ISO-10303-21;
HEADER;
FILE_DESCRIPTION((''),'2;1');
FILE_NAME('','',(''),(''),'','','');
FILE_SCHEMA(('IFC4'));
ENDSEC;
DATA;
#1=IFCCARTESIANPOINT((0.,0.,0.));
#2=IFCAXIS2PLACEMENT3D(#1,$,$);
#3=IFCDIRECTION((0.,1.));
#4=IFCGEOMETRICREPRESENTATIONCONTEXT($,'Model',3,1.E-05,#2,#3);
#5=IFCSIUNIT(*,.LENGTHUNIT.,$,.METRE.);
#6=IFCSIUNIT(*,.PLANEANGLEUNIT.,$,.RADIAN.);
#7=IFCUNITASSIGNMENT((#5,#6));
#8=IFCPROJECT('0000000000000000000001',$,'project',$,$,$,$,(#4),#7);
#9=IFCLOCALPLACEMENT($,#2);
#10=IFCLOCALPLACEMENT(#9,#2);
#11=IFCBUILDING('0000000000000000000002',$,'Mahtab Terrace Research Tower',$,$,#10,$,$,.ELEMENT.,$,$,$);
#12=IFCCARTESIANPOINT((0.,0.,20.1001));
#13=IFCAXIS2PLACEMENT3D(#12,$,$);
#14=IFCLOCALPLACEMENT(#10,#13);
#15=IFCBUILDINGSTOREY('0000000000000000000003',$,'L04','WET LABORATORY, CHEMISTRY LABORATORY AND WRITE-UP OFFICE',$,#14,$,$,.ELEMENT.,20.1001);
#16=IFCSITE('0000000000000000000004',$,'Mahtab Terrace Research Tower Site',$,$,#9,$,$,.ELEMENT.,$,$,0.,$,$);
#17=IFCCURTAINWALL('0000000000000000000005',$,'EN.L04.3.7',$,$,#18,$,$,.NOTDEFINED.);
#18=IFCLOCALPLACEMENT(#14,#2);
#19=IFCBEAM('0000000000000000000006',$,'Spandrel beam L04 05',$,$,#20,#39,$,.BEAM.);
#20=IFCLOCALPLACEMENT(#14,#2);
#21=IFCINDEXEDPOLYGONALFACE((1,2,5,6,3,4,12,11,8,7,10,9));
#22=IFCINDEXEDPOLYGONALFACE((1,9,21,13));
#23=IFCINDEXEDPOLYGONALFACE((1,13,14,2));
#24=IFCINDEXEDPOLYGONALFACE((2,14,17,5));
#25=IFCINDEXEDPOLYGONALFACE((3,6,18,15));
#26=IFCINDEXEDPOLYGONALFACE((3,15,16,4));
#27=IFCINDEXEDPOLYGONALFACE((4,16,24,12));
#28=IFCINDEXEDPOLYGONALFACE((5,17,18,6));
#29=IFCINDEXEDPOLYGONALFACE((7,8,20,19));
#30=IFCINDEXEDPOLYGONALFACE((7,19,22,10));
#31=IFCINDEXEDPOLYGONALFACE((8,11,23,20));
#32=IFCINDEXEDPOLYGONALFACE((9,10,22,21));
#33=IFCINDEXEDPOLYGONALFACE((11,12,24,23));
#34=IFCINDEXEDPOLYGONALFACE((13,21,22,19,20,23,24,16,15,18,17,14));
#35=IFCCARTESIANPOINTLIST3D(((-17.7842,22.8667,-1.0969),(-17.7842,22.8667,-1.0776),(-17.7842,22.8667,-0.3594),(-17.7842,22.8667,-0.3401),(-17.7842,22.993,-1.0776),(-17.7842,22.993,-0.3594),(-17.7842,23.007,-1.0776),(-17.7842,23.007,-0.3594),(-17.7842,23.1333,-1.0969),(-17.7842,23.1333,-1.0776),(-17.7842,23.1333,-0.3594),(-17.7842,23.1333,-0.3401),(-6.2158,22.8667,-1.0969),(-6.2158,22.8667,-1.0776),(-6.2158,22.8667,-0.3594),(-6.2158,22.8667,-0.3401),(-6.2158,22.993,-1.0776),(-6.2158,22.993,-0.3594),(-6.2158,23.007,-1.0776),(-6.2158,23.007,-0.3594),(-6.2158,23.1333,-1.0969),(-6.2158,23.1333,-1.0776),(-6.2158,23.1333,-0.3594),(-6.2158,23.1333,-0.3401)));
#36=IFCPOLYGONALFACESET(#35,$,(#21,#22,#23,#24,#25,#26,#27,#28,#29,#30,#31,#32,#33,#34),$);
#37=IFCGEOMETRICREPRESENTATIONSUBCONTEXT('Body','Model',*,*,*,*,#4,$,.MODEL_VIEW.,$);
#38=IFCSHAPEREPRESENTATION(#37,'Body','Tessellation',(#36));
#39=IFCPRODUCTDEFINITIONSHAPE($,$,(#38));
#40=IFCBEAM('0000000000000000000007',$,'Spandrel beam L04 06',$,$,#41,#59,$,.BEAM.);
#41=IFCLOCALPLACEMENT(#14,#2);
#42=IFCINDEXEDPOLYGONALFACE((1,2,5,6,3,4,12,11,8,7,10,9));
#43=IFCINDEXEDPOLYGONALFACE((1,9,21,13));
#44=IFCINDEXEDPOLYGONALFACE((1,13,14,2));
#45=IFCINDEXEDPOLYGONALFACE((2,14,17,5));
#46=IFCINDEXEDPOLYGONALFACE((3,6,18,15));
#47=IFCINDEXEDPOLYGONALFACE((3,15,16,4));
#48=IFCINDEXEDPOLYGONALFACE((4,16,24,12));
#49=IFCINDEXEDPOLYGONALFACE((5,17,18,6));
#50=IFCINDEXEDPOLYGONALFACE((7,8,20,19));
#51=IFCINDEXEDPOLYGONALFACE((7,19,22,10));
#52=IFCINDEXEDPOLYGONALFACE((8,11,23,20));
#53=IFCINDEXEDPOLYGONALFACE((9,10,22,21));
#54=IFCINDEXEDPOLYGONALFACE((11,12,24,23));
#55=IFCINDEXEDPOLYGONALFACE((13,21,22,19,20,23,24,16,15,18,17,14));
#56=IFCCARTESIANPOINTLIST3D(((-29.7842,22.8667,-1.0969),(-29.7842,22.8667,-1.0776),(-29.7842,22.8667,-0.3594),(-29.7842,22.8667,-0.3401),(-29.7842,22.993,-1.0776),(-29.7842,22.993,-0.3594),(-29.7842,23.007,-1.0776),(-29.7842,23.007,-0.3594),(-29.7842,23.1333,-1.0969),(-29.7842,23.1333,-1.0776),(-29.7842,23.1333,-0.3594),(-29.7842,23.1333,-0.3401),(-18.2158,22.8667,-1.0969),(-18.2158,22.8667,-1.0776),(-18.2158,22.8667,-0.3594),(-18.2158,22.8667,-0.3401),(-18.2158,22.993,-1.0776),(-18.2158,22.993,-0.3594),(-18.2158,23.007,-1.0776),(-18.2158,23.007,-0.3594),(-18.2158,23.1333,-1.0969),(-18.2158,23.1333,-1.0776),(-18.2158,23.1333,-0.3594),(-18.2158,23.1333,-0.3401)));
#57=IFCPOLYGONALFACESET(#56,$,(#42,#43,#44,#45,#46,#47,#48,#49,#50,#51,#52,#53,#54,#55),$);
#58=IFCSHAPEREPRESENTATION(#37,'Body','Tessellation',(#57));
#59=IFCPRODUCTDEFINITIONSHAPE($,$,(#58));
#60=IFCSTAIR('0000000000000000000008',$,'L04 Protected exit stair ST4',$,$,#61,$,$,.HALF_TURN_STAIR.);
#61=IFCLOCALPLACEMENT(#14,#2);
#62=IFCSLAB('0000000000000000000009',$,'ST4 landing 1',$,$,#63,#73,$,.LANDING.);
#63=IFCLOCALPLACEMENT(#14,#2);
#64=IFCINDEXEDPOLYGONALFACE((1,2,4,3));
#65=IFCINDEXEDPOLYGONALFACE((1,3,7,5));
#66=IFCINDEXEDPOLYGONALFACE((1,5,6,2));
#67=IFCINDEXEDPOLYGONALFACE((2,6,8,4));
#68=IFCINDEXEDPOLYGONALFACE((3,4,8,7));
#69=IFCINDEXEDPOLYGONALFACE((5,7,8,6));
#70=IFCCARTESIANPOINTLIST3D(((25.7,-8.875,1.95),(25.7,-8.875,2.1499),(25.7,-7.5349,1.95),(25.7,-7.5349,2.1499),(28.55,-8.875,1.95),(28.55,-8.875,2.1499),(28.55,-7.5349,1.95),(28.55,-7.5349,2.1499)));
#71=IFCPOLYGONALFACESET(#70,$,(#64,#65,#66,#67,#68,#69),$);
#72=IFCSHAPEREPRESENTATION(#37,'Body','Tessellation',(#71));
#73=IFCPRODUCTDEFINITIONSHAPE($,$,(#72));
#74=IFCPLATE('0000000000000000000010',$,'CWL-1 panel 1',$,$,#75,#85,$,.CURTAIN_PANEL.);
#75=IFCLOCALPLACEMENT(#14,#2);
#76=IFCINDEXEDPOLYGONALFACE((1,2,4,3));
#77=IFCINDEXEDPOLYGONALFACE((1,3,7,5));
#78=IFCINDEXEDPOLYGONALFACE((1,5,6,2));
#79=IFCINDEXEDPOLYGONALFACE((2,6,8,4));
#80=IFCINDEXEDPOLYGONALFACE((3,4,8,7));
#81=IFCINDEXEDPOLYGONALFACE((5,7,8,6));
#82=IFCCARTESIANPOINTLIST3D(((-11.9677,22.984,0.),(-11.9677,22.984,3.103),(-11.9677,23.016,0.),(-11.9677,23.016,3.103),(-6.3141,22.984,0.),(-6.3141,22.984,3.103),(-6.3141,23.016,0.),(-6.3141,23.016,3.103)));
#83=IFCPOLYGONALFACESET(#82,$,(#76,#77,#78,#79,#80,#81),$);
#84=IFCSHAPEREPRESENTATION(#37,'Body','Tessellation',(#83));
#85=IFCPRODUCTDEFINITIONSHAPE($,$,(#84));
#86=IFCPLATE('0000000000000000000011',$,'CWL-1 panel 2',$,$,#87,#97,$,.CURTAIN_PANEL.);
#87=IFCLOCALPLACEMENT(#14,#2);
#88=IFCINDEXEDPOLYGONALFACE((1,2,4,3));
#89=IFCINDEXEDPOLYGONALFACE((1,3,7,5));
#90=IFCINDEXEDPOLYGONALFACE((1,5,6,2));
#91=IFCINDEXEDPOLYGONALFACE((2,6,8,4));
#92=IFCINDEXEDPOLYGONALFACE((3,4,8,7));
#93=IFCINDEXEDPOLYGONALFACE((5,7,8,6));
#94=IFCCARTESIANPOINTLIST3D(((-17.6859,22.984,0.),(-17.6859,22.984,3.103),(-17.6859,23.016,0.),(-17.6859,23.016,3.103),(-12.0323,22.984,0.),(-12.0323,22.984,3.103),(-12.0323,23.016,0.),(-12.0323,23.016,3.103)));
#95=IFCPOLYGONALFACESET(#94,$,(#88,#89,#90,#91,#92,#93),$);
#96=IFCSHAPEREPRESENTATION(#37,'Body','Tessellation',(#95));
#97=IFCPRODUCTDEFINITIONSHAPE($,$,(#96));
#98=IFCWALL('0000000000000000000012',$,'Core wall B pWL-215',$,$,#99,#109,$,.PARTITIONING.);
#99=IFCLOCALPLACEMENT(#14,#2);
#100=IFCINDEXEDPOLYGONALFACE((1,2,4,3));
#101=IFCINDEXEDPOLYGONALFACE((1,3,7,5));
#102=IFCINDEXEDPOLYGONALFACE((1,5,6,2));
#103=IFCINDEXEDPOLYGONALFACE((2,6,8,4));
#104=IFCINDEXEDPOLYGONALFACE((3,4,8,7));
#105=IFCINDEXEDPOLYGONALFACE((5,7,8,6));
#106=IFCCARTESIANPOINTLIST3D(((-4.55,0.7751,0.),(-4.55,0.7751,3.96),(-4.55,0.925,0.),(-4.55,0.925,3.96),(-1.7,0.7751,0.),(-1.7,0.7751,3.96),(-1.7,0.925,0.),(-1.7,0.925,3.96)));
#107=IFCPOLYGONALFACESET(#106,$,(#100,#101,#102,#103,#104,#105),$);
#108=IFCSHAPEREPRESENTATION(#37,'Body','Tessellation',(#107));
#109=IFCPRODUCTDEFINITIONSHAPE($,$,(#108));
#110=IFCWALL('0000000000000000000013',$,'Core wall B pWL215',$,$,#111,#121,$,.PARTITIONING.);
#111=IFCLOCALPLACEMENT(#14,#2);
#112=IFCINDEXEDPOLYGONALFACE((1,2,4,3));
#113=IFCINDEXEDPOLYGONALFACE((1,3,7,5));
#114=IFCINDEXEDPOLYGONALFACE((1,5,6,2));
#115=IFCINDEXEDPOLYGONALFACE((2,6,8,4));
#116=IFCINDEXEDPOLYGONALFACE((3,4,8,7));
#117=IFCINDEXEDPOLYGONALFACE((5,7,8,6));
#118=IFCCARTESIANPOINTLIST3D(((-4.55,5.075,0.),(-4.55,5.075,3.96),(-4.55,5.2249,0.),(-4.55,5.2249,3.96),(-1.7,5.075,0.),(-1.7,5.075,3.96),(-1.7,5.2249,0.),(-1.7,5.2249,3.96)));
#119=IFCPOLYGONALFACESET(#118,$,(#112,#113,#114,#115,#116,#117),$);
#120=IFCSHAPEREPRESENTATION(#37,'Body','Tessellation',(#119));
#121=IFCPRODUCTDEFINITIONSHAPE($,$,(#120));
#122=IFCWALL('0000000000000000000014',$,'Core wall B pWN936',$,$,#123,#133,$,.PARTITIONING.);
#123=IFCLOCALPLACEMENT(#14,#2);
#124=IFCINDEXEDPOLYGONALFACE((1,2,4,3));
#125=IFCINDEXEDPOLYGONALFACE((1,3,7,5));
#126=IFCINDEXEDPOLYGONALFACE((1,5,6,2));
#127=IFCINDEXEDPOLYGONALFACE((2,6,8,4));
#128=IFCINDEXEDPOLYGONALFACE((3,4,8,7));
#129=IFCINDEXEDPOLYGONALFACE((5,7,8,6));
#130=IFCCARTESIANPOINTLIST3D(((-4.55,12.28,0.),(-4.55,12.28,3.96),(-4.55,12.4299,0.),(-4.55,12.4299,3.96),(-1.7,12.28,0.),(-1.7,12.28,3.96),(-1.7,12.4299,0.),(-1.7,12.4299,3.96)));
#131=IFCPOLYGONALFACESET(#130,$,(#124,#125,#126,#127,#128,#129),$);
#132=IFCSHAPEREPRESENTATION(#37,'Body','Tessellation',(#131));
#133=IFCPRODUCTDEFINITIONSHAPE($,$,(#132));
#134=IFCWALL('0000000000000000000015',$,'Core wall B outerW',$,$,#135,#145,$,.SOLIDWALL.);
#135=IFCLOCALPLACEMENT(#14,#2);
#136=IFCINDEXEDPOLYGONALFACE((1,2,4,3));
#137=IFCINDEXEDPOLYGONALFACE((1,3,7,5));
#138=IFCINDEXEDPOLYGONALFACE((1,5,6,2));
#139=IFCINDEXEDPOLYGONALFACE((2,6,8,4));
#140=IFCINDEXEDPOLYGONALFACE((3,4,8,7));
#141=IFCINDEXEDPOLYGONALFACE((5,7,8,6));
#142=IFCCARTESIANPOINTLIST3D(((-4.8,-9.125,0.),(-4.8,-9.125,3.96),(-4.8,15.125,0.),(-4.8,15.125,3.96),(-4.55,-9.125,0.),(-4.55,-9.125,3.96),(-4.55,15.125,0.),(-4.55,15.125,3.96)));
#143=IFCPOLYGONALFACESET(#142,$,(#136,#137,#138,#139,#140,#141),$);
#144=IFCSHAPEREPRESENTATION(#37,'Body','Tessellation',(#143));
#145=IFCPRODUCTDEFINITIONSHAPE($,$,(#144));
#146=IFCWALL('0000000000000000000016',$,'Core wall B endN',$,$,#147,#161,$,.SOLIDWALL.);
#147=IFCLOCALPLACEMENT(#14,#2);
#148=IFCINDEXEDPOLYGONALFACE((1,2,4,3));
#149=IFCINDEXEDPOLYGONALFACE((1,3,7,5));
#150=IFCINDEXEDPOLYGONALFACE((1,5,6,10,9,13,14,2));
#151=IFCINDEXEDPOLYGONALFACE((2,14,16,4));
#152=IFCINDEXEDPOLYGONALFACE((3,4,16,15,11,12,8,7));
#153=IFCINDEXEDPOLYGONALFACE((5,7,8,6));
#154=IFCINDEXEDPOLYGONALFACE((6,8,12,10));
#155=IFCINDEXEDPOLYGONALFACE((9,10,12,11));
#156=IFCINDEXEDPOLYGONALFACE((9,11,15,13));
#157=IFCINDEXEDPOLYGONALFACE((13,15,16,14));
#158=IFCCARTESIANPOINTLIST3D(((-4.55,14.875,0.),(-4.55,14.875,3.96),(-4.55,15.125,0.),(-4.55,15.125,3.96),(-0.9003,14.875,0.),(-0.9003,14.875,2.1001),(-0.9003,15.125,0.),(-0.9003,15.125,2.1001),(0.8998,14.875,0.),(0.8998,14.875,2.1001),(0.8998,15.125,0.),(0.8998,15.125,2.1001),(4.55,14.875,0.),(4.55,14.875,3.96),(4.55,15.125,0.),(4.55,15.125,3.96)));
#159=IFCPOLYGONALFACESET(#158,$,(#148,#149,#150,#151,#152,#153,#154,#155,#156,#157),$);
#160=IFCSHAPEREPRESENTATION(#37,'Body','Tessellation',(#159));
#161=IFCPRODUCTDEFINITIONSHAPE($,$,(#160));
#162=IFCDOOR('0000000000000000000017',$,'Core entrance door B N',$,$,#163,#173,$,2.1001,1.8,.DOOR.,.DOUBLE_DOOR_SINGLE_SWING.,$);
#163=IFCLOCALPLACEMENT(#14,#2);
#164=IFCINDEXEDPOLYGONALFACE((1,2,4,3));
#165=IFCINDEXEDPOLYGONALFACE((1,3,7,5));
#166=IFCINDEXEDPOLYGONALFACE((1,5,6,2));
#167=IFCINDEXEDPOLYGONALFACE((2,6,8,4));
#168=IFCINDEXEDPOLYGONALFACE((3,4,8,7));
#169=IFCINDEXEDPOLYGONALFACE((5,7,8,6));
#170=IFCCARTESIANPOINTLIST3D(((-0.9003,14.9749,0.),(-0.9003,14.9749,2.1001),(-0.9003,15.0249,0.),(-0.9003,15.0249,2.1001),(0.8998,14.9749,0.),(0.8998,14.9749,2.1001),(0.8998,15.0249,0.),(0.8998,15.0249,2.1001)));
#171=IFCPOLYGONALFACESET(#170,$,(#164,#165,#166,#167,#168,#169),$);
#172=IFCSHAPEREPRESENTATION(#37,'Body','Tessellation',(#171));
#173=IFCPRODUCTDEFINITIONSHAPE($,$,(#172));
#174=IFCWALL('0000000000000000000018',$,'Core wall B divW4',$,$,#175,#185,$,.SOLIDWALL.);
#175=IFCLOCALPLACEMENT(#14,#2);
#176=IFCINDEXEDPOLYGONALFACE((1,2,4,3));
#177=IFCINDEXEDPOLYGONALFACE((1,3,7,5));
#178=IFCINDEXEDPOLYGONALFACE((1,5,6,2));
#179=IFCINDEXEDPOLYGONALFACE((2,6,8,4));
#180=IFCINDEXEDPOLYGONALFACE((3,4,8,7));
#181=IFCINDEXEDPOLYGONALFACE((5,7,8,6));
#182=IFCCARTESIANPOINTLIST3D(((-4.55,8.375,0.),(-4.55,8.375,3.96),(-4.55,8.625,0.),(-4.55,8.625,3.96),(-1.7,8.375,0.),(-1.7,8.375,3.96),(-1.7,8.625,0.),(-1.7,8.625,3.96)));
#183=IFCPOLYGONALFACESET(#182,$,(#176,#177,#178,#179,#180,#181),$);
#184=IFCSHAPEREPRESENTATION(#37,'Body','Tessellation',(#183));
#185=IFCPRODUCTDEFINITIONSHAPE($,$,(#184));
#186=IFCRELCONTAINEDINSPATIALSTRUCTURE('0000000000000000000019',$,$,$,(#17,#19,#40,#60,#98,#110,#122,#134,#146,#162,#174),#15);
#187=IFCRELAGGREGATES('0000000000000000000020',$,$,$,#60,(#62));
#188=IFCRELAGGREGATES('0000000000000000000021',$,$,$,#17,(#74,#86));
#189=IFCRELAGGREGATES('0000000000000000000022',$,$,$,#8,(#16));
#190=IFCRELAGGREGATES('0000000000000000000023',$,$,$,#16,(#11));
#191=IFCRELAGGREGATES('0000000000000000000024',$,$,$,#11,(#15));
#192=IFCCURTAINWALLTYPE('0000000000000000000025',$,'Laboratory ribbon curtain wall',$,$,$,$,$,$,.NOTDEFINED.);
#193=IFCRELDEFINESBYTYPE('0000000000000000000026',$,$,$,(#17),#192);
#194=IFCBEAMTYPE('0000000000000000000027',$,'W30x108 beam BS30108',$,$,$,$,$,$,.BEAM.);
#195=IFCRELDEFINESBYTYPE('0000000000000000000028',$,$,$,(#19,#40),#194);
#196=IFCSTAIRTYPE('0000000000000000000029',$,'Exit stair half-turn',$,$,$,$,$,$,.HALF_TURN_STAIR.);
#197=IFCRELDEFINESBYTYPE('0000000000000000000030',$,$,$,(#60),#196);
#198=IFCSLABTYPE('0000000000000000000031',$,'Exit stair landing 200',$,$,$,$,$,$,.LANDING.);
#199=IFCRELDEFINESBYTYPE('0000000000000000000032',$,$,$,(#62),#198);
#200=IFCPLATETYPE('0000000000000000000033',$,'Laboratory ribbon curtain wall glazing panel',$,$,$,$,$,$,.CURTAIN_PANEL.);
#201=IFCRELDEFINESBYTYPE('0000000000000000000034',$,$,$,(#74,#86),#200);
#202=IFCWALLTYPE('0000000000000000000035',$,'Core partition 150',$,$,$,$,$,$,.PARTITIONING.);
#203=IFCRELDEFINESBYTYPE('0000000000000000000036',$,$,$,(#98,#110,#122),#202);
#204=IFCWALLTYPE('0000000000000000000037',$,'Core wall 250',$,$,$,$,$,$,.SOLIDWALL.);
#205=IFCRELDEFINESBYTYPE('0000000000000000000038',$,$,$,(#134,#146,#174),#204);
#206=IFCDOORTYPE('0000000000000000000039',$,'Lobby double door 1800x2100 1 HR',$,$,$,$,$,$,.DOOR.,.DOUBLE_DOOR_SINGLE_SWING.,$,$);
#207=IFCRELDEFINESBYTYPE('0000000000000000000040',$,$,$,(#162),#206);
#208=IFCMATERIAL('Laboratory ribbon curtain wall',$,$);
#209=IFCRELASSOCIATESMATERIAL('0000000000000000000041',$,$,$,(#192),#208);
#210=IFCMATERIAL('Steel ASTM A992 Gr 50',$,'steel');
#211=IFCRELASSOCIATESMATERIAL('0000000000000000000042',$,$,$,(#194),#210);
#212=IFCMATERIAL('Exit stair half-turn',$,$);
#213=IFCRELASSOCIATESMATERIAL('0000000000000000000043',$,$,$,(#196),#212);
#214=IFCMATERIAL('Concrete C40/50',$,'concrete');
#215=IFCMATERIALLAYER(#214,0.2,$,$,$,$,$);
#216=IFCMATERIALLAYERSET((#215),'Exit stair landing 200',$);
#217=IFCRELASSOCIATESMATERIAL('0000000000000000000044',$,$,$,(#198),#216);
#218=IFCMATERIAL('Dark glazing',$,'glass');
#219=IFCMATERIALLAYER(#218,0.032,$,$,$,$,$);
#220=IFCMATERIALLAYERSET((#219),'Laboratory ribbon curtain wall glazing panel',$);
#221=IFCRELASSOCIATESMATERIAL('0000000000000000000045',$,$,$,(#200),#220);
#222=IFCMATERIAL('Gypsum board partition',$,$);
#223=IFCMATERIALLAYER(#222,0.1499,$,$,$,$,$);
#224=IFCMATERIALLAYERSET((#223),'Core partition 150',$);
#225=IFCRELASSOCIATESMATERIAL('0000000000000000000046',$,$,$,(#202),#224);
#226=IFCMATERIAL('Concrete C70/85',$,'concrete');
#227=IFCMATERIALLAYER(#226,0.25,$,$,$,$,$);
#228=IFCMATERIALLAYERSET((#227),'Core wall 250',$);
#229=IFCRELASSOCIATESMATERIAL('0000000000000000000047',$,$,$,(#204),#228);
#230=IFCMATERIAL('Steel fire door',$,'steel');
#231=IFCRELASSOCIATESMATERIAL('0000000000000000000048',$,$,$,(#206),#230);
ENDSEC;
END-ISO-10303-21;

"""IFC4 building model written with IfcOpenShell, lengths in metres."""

from ifc_helpers import new_model, si_unit, direction, frame, frame_2d, origin, origin_2d, place, context, subcontext, project, spatial, polyline, rectangle, i_section, outline, extrude, material, layer, layer_set, material_profile, profile_set, type_object, element, fill, aggregate, save


model = new_model("IFC4")

# Units and contexts
model_context = context("Model", 3, precision=1e-05, world=origin(), true_north=direction((0.0, 1.0)))
body_context = subcontext(model_context, "Body", "Model", "MODEL_VIEW")
ifc_project = project(units=[si_unit("LENGTHUNIT", "METRE"), si_unit("PLANEANGLEUNIT", "RADIAN")], contexts=[model_context])

# Site, building, storey
site_placement = place(None, origin())
site = spatial("IfcSite", under=ifc_project, at=site_placement, Name="Mahtab Terrace Research Tower Site", CompositionType="ELEMENT", RefElevation=0.0)
building_placement = place(site_placement, origin())
building = spatial("IfcBuilding", under=site, at=building_placement, Name="Mahtab Terrace Research Tower", CompositionType="ELEMENT")
storey_placement = place(building_placement, frame((0.0, 0.0, 20.1001)))
storey = spatial("IfcBuildingStorey", under=building, at=storey_placement, Name="L04", Description="WET LABORATORY, CHEMISTRY LABORATORY AND WRITE-UP OFFICE", CompositionType="ELEMENT", Elevation=20.1001)

# Shared definitions
ifc_material_1 = material(Name="Concrete C70/85", Category="concrete")
ifc_material_2 = material(Name="Steel ASTM A992 Gr 50", Category="steel")

# Curtain wall
ifc_material_3 = material(Name="Laboratory ribbon curtain wall")
curtain_wall_type = type_object("IfcCurtainWallType", Name="Laboratory ribbon curtain wall", PredefinedType="NOTDEFINED", material=ifc_material_3)
curtain_wall_1_placement = place(storey_placement, origin())
curtain_wall_1 = element("IfcCurtainWall", 1, at=curtain_wall_1_placement, inside=storey, type_object=curtain_wall_type, Name="EN.L04.3.7", PredefinedType="NOTDEFINED")

# Beams
ifc_material_profile_1 = material_profile(ifc_material_2, i_section(OverallWidth=0.2666, OverallDepth=0.7568, WebThickness=0.0139, FlangeThickness=0.0193, at=origin_2d()), Name="W30X108")
ifc_profile_set_1 = profile_set([ifc_material_profile_1], Name="Steel ASTM A992 Gr 50")
beam_type = type_object("IfcBeamType", Name="W30x108 beam BS30108", PredefinedType="BEAM", material=ifc_profile_set_1)
for number, where, z_axis, x_axis, name in (
    (2, (-6.2158, 23.0, -0.7185), (-1.0, 0.0, 0.0), (0.0, -1.0, 0.0), "Spandrel beam L04 05"),
    (3, (-18.2158, 23.0, -0.7185), (-1.0, 0.0, 0.0), (0.0, -1.0, 0.0), "Spandrel beam L04 06"),
):
    element("IfcBeam", number, at=place(storey_placement, frame(where, z_axis=z_axis, x_axis=x_axis)), inside=storey, type_object=beam_type, Name=name, PredefinedType="BEAM", context=body_context, shape_type="SweptSolid", body=[
        extrude(i_section(OverallWidth=0.2666, OverallDepth=0.7568, WebThickness=0.0139, FlangeThickness=0.0193, at=origin_2d()), origin(), (0.0, 0.0, 1.0), 11.5684),
    ])

# Stair, slab
ifc_material_4 = material(Name="Exit stair half-turn")
stair_type = type_object("IfcStairType", Name="Exit stair half-turn", PredefinedType="HALF_TURN_STAIR", material=ifc_material_4)
stair_placement = place(storey_placement, origin())
stair = element("IfcStair", 4, at=stair_placement, inside=storey, type_object=stair_type, Name="L04 Protected exit stair ST4", PredefinedType="HALF_TURN_STAIR")
ifc_material_5 = material(Name="Concrete C40/50", Category="concrete")
ifc_layer_1 = layer(ifc_material_5, 0.2)
ifc_layer_set_1 = layer_set([ifc_layer_1], Name="Exit stair landing 200")
slab_type = type_object("IfcSlabType", Name="Exit stair landing 200", PredefinedType="LANDING", material=ifc_layer_set_1)
slab_placement = place(storey_placement, frame((0.0, 0.0, 1.95)))
slab = element("IfcSlab", 5, at=slab_placement, type_object=slab_type, Name="ST4 landing 1", PredefinedType="LANDING", context=body_context, shape_type="SweptSolid", body=[
    extrude(outline(polyline([(25.7, -7.5349), (25.7, -8.875), (28.55, -8.875), (28.55, -7.5349), (25.7, -7.5349)])), origin(), (0.0, 0.0, 1.0), 0.2),
])
aggregate(stair, [slab])

# Plates
ifc_material_6 = material(Name="Dark glazing", Category="glass")
ifc_layer_2 = layer(ifc_material_6, 0.032)
ifc_layer_set_2 = layer_set([ifc_layer_2], Name="Laboratory ribbon curtain wall glazing panel")
plate_type = type_object("IfcPlateType", Name="Laboratory ribbon curtain wall glazing panel", PredefinedType="CURTAIN_PANEL", material=ifc_layer_set_2)
plate_1_placement = place(storey_placement, frame((-9.1409, 23.0, 0.0), z_axis=(0.0, 0.0, 1.0), x_axis=(-1.0, 0.0, 0.0)))
plate_1 = element("IfcPlate", 6, at=plate_1_placement, type_object=plate_type, Name="CWL-1 panel 1", PredefinedType="CURTAIN_PANEL", context=body_context, shape_type="SweptSolid", body=[
    extrude(rectangle(XDim=5.6536, YDim=0.032, at=origin_2d()), origin(), (0.0, 0.0, 1.0), 3.103),
])
plate_2_placement = place(storey_placement, frame((-14.8591, 23.0, 0.0), z_axis=(0.0, 0.0, 1.0), x_axis=(-1.0, 0.0, 0.0)))
plate_2 = element("IfcPlate", 7, at=plate_2_placement, type_object=plate_type, Name="CWL-1 panel 2", PredefinedType="CURTAIN_PANEL", context=body_context, shape_type="SweptSolid", body=[
    extrude(rectangle(XDim=5.6536, YDim=0.032, at=origin_2d()), origin(), (0.0, 0.0, 1.0), 3.103),
])
aggregate(curtain_wall_1, [plate_1, plate_2])

# Walls
ifc_material_7 = material(Name="Gypsum board partition")
ifc_layer_3 = layer(ifc_material_7, 0.1499)
ifc_layer_set_3 = layer_set([ifc_layer_3], Name="Core partition 150")
wall_type_1 = type_object("IfcWallType", Name="Core partition 150", PredefinedType="PARTITIONING", material=ifc_layer_set_3)
for number, where, z_axis, x_axis, name in (
    (8, (-4.55, 0.8501, 0.0), (0.0, 0.0, 1.0), (1.0, 0.0, 0.0), "Core wall B pWL-215"),
    (9, (-4.55, 5.1499, 0.0), (0.0, 0.0, 1.0), (1.0, 0.0, 0.0), "Core wall B pWL215"),
    (10, (-4.55, 12.355, 0.0), (0.0, 0.0, 1.0), (1.0, 0.0, 0.0), "Core wall B pWN936"),
):
    element("IfcWall", number, at=place(storey_placement, frame(where, z_axis=z_axis, x_axis=x_axis)), inside=storey, type_object=wall_type_1, Name=name, PredefinedType="PARTITIONING", context=body_context, shape_type="SweptSolid", body=[
        extrude(rectangle(XDim=2.8501, YDim=0.1499, at=frame_2d((1.425, 0.0))), origin(), (0.0, 0.0, 1.0), 3.96),
    ])
ifc_layer_4 = layer(ifc_material_1, 0.25)
ifc_layer_set_4 = layer_set([ifc_layer_4], Name="Core wall 250")
wall_type_2 = type_object("IfcWallType", Name="Core wall 250", PredefinedType="SOLIDWALL", material=ifc_layer_set_4)
wall_1_placement = place(storey_placement, frame((-4.675, 15.125, 0.0), z_axis=(0.0, 0.0, 1.0), x_axis=(0.0, -1.0, 0.0)))
element("IfcWall", 11, at=wall_1_placement, inside=storey, type_object=wall_type_2, Name="Core wall B outerW", PredefinedType="SOLIDWALL", context=body_context, shape_type="SweptSolid", body=[
    extrude(rectangle(XDim=24.25, YDim=0.25, at=frame_2d((12.125, 0.0))), origin(), (0.0, 0.0, 1.0), 3.96),
])

# Wall, opening, door
wall_2_placement = place(storey_placement, frame((-4.55, 15.0, 0.0), z_axis=(0.0, 0.0, 1.0), x_axis=(1.0, 0.0, 0.0)))
wall_2 = element("IfcWall", 12, at=wall_2_placement, inside=storey, type_object=wall_type_2, Name="Core wall B endN", PredefinedType="SOLIDWALL", context=body_context, shape_type="SweptSolid", body=[
    extrude(rectangle(XDim=9.1001, YDim=0.25, at=frame_2d((4.55, 0.0))), origin(), (0.0, 0.0, 1.0), 3.96),
])
opening_placement = place(wall_2_placement, frame((3.6499, 0.0, 0.0)))
opening = element("IfcOpeningElement", 13, at=opening_placement, cuts=wall_2, PredefinedType="OPENING", context=body_context, shape_type="SweptSolid", body=[
    extrude(rectangle(XDim=1.8, YDim=2.1001, at=frame_2d((0.8999, 1.05))), frame((0.0, 0.135, 0.0), z_axis=(0.0, -1.0, 0.0), x_axis=(1.0, 0.0, 0.0)), (0.0, 0.0, 1.0), 0.27),
])
ifc_material_8 = material(Name="Steel fire door", Category="steel")
door_type = type_object("IfcDoorType", Name="Lobby double door 1800x2100 1 HR", OperationType="DOUBLE_DOOR_SINGLE_SWING", PredefinedType="DOOR", material=ifc_material_8)
door_placement = place(opening_placement, origin())
door = element("IfcDoor", 14, at=door_placement, inside=storey, type_object=door_type, Name="Core entrance door B N", OperationType="DOUBLE_DOOR_SINGLE_SWING", OverallHeight=2.1001, OverallWidth=1.8, PredefinedType="DOOR", context=body_context, shape_type="SweptSolid", body=[
    extrude(rectangle(XDim=1.8, YDim=2.1001, at=frame_2d((0.8999, 1.05))), frame((0.0, 0.0249, 0.0), z_axis=(0.0, -1.0, 0.0), x_axis=(1.0, 0.0, 0.0)), (0.0, 0.0, 1.0), 0.05),
])
fill(opening, door)

# Wall
wall_3_placement = place(storey_placement, frame((-4.55, 8.5, 0.0), z_axis=(0.0, 0.0, 1.0), x_axis=(1.0, 0.0, 0.0)))
element("IfcWall", 15, at=wall_3_placement, inside=storey, type_object=wall_type_2, Name="Core wall B divW4", PredefinedType="SOLIDWALL", context=body_context, shape_type="SweptSolid", body=[
    extrude(rectangle(XDim=2.8501, YDim=0.25, at=frame_2d((1.425, 0.0))), origin(), (0.0, 0.0, 1.0), 3.96),
])

save(model, "model.ifc")
